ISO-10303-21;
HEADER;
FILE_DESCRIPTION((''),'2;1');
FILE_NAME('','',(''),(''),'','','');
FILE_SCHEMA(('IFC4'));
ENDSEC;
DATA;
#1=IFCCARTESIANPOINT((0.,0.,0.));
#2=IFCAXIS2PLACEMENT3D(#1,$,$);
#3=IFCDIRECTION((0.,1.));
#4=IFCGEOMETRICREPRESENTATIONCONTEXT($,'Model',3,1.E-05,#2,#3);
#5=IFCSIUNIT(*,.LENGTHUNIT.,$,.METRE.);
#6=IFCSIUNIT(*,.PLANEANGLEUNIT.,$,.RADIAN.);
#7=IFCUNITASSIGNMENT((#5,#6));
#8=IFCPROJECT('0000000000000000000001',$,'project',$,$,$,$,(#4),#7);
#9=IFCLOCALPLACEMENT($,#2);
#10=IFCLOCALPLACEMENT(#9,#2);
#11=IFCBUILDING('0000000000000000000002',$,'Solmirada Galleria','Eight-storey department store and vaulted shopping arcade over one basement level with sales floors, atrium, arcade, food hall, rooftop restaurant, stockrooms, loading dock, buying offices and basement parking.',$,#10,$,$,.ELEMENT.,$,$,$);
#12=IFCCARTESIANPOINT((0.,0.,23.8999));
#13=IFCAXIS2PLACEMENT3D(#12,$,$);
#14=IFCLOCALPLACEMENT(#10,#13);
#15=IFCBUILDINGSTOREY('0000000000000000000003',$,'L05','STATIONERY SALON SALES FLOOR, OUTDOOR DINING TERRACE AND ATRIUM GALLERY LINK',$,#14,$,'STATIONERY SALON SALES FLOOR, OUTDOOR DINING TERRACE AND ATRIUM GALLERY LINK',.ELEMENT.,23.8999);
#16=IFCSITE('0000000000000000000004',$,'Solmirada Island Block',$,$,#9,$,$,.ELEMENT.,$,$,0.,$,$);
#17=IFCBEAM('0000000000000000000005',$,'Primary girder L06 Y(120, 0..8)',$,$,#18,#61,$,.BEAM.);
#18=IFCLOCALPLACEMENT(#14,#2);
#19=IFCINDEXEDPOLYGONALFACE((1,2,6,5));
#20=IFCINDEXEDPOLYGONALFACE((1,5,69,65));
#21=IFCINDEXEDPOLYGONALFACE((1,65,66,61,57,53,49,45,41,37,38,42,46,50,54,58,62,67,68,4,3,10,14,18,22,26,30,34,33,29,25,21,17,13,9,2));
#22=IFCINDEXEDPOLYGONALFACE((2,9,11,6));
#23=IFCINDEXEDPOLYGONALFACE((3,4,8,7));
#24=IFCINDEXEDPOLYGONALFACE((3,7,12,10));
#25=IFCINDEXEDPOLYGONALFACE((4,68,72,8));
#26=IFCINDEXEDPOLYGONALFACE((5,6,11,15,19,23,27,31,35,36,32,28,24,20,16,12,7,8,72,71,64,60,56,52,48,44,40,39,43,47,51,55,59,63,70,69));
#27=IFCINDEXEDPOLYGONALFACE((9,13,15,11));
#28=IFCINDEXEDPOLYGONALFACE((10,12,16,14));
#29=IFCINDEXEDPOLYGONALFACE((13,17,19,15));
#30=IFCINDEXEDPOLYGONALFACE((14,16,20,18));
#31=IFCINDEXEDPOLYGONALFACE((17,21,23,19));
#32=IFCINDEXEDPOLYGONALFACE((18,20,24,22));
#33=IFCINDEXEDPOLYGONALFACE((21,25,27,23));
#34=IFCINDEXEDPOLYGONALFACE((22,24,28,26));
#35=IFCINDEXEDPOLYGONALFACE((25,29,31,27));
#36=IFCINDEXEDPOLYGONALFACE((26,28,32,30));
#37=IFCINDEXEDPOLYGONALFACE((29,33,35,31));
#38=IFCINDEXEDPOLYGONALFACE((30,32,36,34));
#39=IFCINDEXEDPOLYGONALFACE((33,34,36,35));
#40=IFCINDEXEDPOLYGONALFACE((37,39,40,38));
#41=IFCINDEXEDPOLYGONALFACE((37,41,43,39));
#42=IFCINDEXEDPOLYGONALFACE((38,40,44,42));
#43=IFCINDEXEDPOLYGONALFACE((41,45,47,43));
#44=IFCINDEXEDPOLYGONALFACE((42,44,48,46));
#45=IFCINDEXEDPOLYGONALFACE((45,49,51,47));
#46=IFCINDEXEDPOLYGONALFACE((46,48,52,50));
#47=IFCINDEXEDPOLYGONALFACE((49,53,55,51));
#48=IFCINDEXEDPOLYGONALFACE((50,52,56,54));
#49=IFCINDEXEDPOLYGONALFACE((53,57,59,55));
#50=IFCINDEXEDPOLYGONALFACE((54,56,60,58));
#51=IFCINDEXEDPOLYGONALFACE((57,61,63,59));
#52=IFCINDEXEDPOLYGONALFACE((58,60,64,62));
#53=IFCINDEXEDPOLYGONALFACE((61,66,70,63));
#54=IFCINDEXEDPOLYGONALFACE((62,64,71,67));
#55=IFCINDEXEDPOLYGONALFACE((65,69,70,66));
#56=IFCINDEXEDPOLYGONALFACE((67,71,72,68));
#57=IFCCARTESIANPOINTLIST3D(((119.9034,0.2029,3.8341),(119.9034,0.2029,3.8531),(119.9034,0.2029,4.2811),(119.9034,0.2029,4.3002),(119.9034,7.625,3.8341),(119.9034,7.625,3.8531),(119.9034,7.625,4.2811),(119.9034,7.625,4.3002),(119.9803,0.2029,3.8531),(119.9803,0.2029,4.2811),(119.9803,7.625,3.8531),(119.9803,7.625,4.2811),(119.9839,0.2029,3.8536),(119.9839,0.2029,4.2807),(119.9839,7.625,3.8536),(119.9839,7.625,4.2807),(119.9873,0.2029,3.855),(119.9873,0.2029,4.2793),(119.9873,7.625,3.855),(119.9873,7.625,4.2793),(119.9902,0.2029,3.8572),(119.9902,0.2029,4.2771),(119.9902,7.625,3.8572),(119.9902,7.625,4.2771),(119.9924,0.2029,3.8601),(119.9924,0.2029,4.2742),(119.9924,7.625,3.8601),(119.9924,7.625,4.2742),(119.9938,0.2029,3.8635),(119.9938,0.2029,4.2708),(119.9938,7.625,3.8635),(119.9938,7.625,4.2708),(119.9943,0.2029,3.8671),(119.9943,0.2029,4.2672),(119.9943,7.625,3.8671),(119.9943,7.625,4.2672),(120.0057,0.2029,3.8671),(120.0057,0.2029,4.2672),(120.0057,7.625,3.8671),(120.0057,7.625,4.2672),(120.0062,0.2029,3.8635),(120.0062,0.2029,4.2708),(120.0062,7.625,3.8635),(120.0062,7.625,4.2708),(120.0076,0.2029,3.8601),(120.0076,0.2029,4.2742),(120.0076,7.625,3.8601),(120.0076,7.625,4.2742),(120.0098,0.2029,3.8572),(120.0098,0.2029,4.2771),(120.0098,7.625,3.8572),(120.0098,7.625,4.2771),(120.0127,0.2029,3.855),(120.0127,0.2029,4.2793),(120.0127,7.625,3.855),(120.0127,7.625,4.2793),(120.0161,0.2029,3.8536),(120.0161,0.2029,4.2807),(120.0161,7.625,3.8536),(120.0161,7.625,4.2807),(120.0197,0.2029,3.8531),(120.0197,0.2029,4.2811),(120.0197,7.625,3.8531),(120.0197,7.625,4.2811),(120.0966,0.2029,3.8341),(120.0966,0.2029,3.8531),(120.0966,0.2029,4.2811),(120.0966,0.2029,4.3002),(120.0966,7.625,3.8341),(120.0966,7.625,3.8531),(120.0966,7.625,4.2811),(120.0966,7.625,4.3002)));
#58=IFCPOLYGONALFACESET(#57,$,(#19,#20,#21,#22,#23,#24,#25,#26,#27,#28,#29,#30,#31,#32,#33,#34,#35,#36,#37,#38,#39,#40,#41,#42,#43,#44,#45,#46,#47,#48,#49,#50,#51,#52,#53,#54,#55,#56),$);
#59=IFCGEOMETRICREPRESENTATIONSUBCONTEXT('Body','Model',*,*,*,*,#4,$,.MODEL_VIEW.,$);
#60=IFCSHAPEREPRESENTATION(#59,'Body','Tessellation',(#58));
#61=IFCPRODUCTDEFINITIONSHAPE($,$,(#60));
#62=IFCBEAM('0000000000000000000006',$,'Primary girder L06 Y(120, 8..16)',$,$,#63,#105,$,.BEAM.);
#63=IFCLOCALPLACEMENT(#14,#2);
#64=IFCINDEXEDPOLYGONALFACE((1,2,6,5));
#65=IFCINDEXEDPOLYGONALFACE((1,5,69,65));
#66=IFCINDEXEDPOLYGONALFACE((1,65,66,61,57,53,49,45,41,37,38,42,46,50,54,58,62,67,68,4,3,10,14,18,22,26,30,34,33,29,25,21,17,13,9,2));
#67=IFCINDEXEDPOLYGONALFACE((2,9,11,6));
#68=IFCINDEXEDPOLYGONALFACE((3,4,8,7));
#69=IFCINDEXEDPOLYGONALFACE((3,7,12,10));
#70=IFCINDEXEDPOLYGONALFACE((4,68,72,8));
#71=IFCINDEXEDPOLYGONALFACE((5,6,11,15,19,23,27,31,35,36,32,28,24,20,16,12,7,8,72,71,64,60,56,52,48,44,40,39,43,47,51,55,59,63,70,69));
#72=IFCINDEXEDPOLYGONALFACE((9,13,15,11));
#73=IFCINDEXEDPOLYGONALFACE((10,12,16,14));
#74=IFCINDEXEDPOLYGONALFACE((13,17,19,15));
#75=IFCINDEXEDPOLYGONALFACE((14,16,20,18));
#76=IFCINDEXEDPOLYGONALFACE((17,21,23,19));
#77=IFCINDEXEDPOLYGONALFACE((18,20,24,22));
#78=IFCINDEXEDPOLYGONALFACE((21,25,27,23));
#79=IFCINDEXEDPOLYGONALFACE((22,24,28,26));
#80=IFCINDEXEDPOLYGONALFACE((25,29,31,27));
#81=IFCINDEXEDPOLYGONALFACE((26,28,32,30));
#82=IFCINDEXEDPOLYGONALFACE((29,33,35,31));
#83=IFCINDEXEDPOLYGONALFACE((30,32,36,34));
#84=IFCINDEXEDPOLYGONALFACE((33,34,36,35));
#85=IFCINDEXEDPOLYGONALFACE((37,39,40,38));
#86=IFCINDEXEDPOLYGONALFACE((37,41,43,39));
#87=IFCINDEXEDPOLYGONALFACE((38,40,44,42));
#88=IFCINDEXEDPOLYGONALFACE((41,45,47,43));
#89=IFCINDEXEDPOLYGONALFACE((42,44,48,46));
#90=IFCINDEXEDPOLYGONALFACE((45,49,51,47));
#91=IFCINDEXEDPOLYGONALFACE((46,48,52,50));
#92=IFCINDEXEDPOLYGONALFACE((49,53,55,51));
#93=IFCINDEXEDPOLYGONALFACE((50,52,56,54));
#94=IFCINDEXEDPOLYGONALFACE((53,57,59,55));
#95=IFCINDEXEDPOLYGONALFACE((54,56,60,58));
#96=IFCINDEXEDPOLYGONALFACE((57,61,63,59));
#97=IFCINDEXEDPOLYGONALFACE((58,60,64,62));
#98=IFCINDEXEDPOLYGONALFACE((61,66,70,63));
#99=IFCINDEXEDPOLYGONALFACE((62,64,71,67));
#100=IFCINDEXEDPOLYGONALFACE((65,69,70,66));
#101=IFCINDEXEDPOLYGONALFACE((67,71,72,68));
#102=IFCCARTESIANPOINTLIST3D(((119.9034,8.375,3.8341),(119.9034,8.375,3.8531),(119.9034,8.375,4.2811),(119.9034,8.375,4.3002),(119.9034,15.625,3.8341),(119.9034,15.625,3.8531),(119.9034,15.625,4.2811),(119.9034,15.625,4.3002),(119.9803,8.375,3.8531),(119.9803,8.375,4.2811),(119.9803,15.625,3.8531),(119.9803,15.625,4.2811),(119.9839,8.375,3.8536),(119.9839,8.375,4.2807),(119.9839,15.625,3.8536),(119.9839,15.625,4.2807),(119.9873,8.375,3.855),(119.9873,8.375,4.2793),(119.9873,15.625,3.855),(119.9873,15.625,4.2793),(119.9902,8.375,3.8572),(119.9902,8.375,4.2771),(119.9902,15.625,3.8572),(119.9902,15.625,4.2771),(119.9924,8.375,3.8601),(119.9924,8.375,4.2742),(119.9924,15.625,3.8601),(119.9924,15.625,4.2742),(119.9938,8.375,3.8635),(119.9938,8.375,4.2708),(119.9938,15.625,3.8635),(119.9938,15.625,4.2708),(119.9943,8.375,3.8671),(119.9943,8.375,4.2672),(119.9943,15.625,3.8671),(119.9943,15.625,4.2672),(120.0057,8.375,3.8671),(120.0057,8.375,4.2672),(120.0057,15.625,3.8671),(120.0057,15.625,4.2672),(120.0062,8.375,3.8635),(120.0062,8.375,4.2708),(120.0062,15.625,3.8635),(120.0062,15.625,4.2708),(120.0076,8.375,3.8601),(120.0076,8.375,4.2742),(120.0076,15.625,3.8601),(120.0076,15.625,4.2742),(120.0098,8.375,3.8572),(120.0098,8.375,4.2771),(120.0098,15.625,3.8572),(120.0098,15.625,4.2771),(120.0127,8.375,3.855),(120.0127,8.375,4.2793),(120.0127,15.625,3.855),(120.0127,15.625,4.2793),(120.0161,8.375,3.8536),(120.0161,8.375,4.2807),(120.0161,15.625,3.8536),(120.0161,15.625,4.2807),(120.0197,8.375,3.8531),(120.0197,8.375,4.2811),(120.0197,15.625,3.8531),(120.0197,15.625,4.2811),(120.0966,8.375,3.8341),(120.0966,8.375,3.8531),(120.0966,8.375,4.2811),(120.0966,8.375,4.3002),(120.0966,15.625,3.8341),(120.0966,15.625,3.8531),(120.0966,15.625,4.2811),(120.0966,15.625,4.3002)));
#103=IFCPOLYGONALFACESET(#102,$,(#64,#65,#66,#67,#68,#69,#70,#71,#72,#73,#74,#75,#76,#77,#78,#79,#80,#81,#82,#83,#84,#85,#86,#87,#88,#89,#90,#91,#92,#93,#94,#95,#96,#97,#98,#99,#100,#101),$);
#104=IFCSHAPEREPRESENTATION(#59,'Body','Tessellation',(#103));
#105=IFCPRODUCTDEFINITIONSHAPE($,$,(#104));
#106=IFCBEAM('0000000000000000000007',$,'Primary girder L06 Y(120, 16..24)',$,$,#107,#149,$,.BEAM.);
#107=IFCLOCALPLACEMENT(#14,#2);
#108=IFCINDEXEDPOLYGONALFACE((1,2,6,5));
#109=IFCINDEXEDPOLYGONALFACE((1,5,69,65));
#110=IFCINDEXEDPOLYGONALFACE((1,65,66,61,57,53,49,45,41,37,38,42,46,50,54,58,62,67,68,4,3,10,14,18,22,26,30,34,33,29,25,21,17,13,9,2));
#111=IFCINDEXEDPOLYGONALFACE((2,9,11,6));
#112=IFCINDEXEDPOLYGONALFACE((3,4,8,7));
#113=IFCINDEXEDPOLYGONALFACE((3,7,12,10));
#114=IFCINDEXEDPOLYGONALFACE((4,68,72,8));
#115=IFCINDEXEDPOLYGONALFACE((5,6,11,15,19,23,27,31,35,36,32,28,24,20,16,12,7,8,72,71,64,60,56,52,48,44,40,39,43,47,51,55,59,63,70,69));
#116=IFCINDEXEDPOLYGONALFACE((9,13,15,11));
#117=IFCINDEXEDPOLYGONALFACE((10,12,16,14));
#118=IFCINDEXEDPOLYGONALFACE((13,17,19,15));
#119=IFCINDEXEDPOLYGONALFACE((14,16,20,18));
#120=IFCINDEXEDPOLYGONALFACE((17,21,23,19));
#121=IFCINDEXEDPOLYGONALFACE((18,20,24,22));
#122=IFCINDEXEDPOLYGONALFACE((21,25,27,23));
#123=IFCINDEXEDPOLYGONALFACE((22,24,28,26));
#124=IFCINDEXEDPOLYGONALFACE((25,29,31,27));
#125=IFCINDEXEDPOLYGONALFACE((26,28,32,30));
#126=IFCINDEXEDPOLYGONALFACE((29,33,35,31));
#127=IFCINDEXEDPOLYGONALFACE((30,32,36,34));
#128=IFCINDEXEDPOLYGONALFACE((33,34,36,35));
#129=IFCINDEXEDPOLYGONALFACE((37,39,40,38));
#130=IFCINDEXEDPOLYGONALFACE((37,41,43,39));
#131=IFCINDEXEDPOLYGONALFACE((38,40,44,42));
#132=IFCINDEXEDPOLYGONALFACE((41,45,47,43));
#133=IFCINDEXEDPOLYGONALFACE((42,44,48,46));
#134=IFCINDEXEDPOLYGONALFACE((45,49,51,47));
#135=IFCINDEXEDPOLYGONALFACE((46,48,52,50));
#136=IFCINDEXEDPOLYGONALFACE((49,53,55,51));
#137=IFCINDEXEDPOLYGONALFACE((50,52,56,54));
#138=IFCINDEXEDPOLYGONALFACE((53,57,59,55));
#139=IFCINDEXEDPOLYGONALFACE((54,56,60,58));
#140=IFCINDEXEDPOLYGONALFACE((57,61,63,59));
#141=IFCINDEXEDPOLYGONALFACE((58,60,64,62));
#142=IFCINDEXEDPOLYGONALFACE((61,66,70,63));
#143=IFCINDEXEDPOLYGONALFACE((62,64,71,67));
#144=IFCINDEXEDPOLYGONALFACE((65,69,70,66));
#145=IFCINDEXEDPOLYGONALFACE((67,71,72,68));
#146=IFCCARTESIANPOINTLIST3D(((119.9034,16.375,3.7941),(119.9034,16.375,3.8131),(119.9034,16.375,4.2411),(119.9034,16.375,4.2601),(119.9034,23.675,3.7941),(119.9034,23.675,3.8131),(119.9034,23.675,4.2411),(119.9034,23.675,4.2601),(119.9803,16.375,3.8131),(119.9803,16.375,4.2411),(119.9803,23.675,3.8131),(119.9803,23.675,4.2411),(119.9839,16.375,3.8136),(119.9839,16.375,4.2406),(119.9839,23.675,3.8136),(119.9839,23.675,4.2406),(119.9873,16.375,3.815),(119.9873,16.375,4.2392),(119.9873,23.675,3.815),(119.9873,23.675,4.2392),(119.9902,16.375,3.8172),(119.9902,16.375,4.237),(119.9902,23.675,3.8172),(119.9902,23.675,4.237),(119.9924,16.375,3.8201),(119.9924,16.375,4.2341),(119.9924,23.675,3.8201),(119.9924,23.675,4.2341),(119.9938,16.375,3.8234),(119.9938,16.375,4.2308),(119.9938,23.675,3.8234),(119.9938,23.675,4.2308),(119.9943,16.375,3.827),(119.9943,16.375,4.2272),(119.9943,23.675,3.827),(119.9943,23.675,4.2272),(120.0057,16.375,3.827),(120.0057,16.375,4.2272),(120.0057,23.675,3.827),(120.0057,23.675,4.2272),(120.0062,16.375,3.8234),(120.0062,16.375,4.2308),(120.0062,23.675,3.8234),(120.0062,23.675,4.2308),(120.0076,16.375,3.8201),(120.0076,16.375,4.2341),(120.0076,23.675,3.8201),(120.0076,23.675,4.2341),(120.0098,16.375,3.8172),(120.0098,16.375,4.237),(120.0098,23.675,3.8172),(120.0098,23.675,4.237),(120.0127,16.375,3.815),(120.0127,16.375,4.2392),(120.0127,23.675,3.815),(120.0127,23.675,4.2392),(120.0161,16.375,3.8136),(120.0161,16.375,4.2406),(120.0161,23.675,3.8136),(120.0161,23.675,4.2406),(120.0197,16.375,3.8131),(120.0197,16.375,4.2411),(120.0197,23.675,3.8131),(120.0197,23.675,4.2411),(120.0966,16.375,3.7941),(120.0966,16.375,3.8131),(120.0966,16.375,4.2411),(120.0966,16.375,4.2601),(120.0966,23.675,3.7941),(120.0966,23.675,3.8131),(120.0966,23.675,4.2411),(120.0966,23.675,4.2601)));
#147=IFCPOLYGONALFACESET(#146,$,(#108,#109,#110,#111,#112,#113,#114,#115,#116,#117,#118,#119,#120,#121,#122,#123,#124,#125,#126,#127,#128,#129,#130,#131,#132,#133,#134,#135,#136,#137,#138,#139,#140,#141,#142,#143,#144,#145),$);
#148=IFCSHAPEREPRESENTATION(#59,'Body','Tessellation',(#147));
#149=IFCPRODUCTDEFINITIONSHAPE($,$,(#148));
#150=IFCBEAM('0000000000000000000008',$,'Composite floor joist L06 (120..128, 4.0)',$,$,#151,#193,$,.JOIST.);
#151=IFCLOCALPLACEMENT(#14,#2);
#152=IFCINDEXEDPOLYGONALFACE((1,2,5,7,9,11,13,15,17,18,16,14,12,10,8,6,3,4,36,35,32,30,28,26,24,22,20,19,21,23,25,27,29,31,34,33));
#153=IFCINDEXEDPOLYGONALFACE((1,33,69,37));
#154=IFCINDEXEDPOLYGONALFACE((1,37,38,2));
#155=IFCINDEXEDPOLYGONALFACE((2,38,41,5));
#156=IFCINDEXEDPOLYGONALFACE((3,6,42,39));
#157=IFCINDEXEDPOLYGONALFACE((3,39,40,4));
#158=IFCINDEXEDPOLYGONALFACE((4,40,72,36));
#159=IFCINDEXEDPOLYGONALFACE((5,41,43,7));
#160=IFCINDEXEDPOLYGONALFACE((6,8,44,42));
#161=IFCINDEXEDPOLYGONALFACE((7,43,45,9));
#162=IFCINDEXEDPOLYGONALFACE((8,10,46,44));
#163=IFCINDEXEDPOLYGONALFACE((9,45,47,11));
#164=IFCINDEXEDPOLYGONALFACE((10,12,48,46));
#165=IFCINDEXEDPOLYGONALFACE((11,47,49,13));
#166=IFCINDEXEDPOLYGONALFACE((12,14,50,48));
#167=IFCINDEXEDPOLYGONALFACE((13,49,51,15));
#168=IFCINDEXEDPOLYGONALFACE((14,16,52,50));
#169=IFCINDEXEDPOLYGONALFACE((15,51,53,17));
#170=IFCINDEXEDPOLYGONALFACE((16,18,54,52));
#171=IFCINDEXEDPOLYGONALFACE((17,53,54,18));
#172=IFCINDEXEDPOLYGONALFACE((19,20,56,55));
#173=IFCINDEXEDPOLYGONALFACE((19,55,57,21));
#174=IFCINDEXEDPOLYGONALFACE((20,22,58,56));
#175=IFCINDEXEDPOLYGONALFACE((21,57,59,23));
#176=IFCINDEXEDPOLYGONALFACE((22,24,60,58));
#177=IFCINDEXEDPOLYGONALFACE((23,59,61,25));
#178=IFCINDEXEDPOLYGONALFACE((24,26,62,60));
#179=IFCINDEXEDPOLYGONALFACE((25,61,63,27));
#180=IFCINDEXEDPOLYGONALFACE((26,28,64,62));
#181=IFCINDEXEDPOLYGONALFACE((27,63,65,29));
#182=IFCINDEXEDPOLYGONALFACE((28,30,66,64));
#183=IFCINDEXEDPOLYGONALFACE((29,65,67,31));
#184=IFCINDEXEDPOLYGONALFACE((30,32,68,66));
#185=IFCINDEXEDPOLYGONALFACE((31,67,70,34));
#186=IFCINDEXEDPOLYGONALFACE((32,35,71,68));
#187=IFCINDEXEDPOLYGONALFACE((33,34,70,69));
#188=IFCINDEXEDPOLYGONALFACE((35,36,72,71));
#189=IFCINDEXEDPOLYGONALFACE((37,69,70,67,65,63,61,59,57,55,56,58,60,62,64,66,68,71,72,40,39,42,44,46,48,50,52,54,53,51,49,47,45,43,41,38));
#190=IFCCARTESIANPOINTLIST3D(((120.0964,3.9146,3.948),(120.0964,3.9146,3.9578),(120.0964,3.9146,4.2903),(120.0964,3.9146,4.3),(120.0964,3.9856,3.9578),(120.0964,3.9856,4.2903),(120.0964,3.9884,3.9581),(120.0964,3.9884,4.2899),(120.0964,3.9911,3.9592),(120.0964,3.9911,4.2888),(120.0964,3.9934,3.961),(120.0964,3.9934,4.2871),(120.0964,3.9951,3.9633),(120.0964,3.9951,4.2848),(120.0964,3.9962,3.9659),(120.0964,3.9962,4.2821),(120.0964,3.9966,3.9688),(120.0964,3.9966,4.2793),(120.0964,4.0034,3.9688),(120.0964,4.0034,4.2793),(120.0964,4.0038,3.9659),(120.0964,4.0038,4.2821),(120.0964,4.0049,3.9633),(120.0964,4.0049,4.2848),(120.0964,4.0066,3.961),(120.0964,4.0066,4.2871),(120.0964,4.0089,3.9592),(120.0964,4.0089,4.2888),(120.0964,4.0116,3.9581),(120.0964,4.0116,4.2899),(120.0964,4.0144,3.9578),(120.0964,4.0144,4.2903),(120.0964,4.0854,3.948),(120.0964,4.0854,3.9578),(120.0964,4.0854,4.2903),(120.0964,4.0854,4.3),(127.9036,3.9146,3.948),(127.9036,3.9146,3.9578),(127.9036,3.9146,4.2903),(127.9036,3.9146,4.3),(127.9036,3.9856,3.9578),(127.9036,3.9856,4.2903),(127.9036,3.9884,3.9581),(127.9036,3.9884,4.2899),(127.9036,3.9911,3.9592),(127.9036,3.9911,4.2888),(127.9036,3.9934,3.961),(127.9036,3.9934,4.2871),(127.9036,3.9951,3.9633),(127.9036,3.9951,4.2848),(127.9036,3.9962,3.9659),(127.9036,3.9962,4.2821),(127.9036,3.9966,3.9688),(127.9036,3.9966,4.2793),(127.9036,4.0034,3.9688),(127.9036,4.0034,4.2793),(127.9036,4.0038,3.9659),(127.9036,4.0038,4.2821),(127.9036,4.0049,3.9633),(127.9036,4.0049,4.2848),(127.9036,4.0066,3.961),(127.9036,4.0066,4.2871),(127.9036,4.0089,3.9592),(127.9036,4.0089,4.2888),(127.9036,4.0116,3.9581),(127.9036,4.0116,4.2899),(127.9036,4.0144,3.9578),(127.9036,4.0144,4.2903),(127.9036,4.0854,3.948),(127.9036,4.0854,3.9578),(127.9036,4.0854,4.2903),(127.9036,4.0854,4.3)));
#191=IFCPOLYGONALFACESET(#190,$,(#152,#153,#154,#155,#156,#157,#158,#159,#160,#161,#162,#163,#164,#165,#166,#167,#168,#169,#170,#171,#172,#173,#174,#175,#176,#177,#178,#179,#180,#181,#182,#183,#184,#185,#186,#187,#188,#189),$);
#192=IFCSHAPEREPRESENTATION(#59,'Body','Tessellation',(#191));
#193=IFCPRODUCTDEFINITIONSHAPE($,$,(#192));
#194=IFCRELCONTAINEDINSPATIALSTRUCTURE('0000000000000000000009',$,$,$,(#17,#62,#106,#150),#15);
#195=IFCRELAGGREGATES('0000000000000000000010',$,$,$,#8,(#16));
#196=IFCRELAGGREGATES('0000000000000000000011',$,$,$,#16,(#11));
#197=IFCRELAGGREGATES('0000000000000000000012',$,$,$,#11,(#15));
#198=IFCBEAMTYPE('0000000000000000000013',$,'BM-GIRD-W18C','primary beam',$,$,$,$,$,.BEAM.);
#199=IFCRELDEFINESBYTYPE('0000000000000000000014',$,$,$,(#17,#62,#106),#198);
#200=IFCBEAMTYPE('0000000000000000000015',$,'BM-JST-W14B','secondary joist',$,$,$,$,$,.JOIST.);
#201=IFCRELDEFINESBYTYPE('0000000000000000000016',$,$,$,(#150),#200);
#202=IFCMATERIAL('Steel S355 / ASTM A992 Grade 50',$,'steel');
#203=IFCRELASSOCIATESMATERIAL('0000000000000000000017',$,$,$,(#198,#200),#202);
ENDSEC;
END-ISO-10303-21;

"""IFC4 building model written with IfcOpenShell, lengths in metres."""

from ifc_helpers import new_model, si_unit, direction, frame, origin, origin_2d, place, context, subcontext, project, spatial, i_section, extrude, material, material_profile, profile_set, type_object, element, save


model = new_model("IFC4")

# Units and contexts
model_context = context("Model", 3, precision=1e-05, world=origin(), true_north=direction((0.0, 1.0)))
body_context = subcontext(model_context, "Body", "Model", "MODEL_VIEW")
ifc_project = project(units=[si_unit("LENGTHUNIT", "METRE"), si_unit("PLANEANGLEUNIT", "RADIAN")], contexts=[model_context])

# Site, building, storey
site_placement = place(None, origin())
site = spatial("IfcSite", under=ifc_project, at=site_placement, Name="Solmirada Island Block", CompositionType="ELEMENT", RefElevation=0.0)
building_placement = place(site_placement, origin())
building = spatial("IfcBuilding", under=site, at=building_placement, Name="Solmirada Galleria", Description="Eight-storey department store and vaulted shopping arcade over one basement level with sales floors, atrium, arcade, food hall, rooftop restaurant, stockrooms, loading dock, buying offices and basement parking.", CompositionType="ELEMENT")
storey_placement = place(building_placement, frame((0.0, 0.0, 23.8999)))
storey = spatial("IfcBuildingStorey", under=building, at=storey_placement, Name="L05", Description="STATIONERY SALON SALES FLOOR, OUTDOOR DINING TERRACE AND ATRIUM GALLERY LINK", LongName="STATIONERY SALON SALES FLOOR, OUTDOOR DINING TERRACE AND ATRIUM GALLERY LINK", CompositionType="ELEMENT", Elevation=23.8999)

# Beams
ifc_material_1 = material(Name="Steel S355 / ASTM A992 Grade 50", Category="steel")
ifc_material_profile_1 = material_profile(ifc_material_1, i_section(OverallWidth=0.1931, OverallDepth=0.4661, WebThickness=0.0115, FlangeThickness=0.019, FilletRadius=0.0139, at=origin_2d()), Name="W18X65")
ifc_profile_set_1 = profile_set([ifc_material_profile_1], Name="Steel S355 / ASTM A992 Grade 50")
beam_type_1 = type_object("IfcBeamType", Name="BM-GIRD-W18C", Description="primary beam", PredefinedType="BEAM", material=ifc_profile_set_1)
beam_1_placement = place(storey_placement, frame((120.0, 0.2029, 4.0671), z_axis=(0.0, 1.0, 0.0), x_axis=(-1.0, 0.0, 0.0)))
element("IfcBeam", 1, at=beam_1_placement, inside=storey, type_object=beam_type_1, Name="Primary girder L06 Y(120, 0..8)", PredefinedType="BEAM", context=body_context, shape_type="SweptSolid", body=[
    extrude(i_section(OverallWidth=0.1931, OverallDepth=0.4661, WebThickness=0.0115, FlangeThickness=0.019, FilletRadius=0.0139, at=origin_2d()), origin(), (0.0, 0.0, 1.0), 7.4221),
])
beam_2_placement = place(storey_placement, frame((120.0, 8.375, 4.0671), z_axis=(0.0, 1.0, 0.0), x_axis=(-1.0, 0.0, 0.0)))
element("IfcBeam", 2, at=beam_2_placement, inside=storey, type_object=beam_type_1, Name="Primary girder L06 Y(120, 8..16)", PredefinedType="BEAM", context=body_context, shape_type="SweptSolid", body=[
    extrude(i_section(OverallWidth=0.1931, OverallDepth=0.4661, WebThickness=0.0115, FlangeThickness=0.019, FilletRadius=0.0139, at=origin_2d()), origin(), (0.0, 0.0, 1.0), 7.25),
])
beam_3_placement = place(storey_placement, frame((120.0, 16.375, 4.0271), z_axis=(0.0, 1.0, 0.0), x_axis=(-1.0, 0.0, 0.0)))
element("IfcBeam", 3, at=beam_3_placement, inside=storey, type_object=beam_type_1, Name="Primary girder L06 Y(120, 16..24)", PredefinedType="BEAM", context=body_context, shape_type="SweptSolid", body=[
    extrude(i_section(OverallWidth=0.1931, OverallDepth=0.4661, WebThickness=0.0115, FlangeThickness=0.019, FilletRadius=0.0139, at=origin_2d()), origin(), (0.0, 0.0, 1.0), 7.3),
])
ifc_material_profile_2 = material_profile(ifc_material_1, i_section(OverallWidth=0.1709, OverallDepth=0.3521, WebThickness=0.0068, FlangeThickness=0.0098, FilletRadius=0.011, at=origin_2d()), Name="W14X30")
ifc_profile_set_2 = profile_set([ifc_material_profile_2], Name="Steel S355 / ASTM A992 Grade 50")
beam_type_2 = type_object("IfcBeamType", Name="BM-JST-W14B", Description="secondary joist", PredefinedType="JOIST", material=ifc_profile_set_2)
for number, where, z_axis, x_axis, name in (
    (4, (120.0964, 4.0, 4.124), (1.0, 0.0, 0.0), (0.0, 1.0, 0.0), "Composite floor joist L06 (120..128, 4.0)"),
):
    element("IfcBeam", number, at=place(storey_placement, frame(where, z_axis=z_axis, x_axis=x_axis)), inside=storey, type_object=beam_type_2, Name=name, PredefinedType="JOIST", context=body_context, shape_type="SweptSolid", body=[
        extrude(i_section(OverallWidth=0.1709, OverallDepth=0.3521, WebThickness=0.0068, FlangeThickness=0.0098, FilletRadius=0.011, at=origin_2d()), origin(), (0.0, 0.0, 1.0), 7.8071),
    ])

save(model, "model.ifc")
